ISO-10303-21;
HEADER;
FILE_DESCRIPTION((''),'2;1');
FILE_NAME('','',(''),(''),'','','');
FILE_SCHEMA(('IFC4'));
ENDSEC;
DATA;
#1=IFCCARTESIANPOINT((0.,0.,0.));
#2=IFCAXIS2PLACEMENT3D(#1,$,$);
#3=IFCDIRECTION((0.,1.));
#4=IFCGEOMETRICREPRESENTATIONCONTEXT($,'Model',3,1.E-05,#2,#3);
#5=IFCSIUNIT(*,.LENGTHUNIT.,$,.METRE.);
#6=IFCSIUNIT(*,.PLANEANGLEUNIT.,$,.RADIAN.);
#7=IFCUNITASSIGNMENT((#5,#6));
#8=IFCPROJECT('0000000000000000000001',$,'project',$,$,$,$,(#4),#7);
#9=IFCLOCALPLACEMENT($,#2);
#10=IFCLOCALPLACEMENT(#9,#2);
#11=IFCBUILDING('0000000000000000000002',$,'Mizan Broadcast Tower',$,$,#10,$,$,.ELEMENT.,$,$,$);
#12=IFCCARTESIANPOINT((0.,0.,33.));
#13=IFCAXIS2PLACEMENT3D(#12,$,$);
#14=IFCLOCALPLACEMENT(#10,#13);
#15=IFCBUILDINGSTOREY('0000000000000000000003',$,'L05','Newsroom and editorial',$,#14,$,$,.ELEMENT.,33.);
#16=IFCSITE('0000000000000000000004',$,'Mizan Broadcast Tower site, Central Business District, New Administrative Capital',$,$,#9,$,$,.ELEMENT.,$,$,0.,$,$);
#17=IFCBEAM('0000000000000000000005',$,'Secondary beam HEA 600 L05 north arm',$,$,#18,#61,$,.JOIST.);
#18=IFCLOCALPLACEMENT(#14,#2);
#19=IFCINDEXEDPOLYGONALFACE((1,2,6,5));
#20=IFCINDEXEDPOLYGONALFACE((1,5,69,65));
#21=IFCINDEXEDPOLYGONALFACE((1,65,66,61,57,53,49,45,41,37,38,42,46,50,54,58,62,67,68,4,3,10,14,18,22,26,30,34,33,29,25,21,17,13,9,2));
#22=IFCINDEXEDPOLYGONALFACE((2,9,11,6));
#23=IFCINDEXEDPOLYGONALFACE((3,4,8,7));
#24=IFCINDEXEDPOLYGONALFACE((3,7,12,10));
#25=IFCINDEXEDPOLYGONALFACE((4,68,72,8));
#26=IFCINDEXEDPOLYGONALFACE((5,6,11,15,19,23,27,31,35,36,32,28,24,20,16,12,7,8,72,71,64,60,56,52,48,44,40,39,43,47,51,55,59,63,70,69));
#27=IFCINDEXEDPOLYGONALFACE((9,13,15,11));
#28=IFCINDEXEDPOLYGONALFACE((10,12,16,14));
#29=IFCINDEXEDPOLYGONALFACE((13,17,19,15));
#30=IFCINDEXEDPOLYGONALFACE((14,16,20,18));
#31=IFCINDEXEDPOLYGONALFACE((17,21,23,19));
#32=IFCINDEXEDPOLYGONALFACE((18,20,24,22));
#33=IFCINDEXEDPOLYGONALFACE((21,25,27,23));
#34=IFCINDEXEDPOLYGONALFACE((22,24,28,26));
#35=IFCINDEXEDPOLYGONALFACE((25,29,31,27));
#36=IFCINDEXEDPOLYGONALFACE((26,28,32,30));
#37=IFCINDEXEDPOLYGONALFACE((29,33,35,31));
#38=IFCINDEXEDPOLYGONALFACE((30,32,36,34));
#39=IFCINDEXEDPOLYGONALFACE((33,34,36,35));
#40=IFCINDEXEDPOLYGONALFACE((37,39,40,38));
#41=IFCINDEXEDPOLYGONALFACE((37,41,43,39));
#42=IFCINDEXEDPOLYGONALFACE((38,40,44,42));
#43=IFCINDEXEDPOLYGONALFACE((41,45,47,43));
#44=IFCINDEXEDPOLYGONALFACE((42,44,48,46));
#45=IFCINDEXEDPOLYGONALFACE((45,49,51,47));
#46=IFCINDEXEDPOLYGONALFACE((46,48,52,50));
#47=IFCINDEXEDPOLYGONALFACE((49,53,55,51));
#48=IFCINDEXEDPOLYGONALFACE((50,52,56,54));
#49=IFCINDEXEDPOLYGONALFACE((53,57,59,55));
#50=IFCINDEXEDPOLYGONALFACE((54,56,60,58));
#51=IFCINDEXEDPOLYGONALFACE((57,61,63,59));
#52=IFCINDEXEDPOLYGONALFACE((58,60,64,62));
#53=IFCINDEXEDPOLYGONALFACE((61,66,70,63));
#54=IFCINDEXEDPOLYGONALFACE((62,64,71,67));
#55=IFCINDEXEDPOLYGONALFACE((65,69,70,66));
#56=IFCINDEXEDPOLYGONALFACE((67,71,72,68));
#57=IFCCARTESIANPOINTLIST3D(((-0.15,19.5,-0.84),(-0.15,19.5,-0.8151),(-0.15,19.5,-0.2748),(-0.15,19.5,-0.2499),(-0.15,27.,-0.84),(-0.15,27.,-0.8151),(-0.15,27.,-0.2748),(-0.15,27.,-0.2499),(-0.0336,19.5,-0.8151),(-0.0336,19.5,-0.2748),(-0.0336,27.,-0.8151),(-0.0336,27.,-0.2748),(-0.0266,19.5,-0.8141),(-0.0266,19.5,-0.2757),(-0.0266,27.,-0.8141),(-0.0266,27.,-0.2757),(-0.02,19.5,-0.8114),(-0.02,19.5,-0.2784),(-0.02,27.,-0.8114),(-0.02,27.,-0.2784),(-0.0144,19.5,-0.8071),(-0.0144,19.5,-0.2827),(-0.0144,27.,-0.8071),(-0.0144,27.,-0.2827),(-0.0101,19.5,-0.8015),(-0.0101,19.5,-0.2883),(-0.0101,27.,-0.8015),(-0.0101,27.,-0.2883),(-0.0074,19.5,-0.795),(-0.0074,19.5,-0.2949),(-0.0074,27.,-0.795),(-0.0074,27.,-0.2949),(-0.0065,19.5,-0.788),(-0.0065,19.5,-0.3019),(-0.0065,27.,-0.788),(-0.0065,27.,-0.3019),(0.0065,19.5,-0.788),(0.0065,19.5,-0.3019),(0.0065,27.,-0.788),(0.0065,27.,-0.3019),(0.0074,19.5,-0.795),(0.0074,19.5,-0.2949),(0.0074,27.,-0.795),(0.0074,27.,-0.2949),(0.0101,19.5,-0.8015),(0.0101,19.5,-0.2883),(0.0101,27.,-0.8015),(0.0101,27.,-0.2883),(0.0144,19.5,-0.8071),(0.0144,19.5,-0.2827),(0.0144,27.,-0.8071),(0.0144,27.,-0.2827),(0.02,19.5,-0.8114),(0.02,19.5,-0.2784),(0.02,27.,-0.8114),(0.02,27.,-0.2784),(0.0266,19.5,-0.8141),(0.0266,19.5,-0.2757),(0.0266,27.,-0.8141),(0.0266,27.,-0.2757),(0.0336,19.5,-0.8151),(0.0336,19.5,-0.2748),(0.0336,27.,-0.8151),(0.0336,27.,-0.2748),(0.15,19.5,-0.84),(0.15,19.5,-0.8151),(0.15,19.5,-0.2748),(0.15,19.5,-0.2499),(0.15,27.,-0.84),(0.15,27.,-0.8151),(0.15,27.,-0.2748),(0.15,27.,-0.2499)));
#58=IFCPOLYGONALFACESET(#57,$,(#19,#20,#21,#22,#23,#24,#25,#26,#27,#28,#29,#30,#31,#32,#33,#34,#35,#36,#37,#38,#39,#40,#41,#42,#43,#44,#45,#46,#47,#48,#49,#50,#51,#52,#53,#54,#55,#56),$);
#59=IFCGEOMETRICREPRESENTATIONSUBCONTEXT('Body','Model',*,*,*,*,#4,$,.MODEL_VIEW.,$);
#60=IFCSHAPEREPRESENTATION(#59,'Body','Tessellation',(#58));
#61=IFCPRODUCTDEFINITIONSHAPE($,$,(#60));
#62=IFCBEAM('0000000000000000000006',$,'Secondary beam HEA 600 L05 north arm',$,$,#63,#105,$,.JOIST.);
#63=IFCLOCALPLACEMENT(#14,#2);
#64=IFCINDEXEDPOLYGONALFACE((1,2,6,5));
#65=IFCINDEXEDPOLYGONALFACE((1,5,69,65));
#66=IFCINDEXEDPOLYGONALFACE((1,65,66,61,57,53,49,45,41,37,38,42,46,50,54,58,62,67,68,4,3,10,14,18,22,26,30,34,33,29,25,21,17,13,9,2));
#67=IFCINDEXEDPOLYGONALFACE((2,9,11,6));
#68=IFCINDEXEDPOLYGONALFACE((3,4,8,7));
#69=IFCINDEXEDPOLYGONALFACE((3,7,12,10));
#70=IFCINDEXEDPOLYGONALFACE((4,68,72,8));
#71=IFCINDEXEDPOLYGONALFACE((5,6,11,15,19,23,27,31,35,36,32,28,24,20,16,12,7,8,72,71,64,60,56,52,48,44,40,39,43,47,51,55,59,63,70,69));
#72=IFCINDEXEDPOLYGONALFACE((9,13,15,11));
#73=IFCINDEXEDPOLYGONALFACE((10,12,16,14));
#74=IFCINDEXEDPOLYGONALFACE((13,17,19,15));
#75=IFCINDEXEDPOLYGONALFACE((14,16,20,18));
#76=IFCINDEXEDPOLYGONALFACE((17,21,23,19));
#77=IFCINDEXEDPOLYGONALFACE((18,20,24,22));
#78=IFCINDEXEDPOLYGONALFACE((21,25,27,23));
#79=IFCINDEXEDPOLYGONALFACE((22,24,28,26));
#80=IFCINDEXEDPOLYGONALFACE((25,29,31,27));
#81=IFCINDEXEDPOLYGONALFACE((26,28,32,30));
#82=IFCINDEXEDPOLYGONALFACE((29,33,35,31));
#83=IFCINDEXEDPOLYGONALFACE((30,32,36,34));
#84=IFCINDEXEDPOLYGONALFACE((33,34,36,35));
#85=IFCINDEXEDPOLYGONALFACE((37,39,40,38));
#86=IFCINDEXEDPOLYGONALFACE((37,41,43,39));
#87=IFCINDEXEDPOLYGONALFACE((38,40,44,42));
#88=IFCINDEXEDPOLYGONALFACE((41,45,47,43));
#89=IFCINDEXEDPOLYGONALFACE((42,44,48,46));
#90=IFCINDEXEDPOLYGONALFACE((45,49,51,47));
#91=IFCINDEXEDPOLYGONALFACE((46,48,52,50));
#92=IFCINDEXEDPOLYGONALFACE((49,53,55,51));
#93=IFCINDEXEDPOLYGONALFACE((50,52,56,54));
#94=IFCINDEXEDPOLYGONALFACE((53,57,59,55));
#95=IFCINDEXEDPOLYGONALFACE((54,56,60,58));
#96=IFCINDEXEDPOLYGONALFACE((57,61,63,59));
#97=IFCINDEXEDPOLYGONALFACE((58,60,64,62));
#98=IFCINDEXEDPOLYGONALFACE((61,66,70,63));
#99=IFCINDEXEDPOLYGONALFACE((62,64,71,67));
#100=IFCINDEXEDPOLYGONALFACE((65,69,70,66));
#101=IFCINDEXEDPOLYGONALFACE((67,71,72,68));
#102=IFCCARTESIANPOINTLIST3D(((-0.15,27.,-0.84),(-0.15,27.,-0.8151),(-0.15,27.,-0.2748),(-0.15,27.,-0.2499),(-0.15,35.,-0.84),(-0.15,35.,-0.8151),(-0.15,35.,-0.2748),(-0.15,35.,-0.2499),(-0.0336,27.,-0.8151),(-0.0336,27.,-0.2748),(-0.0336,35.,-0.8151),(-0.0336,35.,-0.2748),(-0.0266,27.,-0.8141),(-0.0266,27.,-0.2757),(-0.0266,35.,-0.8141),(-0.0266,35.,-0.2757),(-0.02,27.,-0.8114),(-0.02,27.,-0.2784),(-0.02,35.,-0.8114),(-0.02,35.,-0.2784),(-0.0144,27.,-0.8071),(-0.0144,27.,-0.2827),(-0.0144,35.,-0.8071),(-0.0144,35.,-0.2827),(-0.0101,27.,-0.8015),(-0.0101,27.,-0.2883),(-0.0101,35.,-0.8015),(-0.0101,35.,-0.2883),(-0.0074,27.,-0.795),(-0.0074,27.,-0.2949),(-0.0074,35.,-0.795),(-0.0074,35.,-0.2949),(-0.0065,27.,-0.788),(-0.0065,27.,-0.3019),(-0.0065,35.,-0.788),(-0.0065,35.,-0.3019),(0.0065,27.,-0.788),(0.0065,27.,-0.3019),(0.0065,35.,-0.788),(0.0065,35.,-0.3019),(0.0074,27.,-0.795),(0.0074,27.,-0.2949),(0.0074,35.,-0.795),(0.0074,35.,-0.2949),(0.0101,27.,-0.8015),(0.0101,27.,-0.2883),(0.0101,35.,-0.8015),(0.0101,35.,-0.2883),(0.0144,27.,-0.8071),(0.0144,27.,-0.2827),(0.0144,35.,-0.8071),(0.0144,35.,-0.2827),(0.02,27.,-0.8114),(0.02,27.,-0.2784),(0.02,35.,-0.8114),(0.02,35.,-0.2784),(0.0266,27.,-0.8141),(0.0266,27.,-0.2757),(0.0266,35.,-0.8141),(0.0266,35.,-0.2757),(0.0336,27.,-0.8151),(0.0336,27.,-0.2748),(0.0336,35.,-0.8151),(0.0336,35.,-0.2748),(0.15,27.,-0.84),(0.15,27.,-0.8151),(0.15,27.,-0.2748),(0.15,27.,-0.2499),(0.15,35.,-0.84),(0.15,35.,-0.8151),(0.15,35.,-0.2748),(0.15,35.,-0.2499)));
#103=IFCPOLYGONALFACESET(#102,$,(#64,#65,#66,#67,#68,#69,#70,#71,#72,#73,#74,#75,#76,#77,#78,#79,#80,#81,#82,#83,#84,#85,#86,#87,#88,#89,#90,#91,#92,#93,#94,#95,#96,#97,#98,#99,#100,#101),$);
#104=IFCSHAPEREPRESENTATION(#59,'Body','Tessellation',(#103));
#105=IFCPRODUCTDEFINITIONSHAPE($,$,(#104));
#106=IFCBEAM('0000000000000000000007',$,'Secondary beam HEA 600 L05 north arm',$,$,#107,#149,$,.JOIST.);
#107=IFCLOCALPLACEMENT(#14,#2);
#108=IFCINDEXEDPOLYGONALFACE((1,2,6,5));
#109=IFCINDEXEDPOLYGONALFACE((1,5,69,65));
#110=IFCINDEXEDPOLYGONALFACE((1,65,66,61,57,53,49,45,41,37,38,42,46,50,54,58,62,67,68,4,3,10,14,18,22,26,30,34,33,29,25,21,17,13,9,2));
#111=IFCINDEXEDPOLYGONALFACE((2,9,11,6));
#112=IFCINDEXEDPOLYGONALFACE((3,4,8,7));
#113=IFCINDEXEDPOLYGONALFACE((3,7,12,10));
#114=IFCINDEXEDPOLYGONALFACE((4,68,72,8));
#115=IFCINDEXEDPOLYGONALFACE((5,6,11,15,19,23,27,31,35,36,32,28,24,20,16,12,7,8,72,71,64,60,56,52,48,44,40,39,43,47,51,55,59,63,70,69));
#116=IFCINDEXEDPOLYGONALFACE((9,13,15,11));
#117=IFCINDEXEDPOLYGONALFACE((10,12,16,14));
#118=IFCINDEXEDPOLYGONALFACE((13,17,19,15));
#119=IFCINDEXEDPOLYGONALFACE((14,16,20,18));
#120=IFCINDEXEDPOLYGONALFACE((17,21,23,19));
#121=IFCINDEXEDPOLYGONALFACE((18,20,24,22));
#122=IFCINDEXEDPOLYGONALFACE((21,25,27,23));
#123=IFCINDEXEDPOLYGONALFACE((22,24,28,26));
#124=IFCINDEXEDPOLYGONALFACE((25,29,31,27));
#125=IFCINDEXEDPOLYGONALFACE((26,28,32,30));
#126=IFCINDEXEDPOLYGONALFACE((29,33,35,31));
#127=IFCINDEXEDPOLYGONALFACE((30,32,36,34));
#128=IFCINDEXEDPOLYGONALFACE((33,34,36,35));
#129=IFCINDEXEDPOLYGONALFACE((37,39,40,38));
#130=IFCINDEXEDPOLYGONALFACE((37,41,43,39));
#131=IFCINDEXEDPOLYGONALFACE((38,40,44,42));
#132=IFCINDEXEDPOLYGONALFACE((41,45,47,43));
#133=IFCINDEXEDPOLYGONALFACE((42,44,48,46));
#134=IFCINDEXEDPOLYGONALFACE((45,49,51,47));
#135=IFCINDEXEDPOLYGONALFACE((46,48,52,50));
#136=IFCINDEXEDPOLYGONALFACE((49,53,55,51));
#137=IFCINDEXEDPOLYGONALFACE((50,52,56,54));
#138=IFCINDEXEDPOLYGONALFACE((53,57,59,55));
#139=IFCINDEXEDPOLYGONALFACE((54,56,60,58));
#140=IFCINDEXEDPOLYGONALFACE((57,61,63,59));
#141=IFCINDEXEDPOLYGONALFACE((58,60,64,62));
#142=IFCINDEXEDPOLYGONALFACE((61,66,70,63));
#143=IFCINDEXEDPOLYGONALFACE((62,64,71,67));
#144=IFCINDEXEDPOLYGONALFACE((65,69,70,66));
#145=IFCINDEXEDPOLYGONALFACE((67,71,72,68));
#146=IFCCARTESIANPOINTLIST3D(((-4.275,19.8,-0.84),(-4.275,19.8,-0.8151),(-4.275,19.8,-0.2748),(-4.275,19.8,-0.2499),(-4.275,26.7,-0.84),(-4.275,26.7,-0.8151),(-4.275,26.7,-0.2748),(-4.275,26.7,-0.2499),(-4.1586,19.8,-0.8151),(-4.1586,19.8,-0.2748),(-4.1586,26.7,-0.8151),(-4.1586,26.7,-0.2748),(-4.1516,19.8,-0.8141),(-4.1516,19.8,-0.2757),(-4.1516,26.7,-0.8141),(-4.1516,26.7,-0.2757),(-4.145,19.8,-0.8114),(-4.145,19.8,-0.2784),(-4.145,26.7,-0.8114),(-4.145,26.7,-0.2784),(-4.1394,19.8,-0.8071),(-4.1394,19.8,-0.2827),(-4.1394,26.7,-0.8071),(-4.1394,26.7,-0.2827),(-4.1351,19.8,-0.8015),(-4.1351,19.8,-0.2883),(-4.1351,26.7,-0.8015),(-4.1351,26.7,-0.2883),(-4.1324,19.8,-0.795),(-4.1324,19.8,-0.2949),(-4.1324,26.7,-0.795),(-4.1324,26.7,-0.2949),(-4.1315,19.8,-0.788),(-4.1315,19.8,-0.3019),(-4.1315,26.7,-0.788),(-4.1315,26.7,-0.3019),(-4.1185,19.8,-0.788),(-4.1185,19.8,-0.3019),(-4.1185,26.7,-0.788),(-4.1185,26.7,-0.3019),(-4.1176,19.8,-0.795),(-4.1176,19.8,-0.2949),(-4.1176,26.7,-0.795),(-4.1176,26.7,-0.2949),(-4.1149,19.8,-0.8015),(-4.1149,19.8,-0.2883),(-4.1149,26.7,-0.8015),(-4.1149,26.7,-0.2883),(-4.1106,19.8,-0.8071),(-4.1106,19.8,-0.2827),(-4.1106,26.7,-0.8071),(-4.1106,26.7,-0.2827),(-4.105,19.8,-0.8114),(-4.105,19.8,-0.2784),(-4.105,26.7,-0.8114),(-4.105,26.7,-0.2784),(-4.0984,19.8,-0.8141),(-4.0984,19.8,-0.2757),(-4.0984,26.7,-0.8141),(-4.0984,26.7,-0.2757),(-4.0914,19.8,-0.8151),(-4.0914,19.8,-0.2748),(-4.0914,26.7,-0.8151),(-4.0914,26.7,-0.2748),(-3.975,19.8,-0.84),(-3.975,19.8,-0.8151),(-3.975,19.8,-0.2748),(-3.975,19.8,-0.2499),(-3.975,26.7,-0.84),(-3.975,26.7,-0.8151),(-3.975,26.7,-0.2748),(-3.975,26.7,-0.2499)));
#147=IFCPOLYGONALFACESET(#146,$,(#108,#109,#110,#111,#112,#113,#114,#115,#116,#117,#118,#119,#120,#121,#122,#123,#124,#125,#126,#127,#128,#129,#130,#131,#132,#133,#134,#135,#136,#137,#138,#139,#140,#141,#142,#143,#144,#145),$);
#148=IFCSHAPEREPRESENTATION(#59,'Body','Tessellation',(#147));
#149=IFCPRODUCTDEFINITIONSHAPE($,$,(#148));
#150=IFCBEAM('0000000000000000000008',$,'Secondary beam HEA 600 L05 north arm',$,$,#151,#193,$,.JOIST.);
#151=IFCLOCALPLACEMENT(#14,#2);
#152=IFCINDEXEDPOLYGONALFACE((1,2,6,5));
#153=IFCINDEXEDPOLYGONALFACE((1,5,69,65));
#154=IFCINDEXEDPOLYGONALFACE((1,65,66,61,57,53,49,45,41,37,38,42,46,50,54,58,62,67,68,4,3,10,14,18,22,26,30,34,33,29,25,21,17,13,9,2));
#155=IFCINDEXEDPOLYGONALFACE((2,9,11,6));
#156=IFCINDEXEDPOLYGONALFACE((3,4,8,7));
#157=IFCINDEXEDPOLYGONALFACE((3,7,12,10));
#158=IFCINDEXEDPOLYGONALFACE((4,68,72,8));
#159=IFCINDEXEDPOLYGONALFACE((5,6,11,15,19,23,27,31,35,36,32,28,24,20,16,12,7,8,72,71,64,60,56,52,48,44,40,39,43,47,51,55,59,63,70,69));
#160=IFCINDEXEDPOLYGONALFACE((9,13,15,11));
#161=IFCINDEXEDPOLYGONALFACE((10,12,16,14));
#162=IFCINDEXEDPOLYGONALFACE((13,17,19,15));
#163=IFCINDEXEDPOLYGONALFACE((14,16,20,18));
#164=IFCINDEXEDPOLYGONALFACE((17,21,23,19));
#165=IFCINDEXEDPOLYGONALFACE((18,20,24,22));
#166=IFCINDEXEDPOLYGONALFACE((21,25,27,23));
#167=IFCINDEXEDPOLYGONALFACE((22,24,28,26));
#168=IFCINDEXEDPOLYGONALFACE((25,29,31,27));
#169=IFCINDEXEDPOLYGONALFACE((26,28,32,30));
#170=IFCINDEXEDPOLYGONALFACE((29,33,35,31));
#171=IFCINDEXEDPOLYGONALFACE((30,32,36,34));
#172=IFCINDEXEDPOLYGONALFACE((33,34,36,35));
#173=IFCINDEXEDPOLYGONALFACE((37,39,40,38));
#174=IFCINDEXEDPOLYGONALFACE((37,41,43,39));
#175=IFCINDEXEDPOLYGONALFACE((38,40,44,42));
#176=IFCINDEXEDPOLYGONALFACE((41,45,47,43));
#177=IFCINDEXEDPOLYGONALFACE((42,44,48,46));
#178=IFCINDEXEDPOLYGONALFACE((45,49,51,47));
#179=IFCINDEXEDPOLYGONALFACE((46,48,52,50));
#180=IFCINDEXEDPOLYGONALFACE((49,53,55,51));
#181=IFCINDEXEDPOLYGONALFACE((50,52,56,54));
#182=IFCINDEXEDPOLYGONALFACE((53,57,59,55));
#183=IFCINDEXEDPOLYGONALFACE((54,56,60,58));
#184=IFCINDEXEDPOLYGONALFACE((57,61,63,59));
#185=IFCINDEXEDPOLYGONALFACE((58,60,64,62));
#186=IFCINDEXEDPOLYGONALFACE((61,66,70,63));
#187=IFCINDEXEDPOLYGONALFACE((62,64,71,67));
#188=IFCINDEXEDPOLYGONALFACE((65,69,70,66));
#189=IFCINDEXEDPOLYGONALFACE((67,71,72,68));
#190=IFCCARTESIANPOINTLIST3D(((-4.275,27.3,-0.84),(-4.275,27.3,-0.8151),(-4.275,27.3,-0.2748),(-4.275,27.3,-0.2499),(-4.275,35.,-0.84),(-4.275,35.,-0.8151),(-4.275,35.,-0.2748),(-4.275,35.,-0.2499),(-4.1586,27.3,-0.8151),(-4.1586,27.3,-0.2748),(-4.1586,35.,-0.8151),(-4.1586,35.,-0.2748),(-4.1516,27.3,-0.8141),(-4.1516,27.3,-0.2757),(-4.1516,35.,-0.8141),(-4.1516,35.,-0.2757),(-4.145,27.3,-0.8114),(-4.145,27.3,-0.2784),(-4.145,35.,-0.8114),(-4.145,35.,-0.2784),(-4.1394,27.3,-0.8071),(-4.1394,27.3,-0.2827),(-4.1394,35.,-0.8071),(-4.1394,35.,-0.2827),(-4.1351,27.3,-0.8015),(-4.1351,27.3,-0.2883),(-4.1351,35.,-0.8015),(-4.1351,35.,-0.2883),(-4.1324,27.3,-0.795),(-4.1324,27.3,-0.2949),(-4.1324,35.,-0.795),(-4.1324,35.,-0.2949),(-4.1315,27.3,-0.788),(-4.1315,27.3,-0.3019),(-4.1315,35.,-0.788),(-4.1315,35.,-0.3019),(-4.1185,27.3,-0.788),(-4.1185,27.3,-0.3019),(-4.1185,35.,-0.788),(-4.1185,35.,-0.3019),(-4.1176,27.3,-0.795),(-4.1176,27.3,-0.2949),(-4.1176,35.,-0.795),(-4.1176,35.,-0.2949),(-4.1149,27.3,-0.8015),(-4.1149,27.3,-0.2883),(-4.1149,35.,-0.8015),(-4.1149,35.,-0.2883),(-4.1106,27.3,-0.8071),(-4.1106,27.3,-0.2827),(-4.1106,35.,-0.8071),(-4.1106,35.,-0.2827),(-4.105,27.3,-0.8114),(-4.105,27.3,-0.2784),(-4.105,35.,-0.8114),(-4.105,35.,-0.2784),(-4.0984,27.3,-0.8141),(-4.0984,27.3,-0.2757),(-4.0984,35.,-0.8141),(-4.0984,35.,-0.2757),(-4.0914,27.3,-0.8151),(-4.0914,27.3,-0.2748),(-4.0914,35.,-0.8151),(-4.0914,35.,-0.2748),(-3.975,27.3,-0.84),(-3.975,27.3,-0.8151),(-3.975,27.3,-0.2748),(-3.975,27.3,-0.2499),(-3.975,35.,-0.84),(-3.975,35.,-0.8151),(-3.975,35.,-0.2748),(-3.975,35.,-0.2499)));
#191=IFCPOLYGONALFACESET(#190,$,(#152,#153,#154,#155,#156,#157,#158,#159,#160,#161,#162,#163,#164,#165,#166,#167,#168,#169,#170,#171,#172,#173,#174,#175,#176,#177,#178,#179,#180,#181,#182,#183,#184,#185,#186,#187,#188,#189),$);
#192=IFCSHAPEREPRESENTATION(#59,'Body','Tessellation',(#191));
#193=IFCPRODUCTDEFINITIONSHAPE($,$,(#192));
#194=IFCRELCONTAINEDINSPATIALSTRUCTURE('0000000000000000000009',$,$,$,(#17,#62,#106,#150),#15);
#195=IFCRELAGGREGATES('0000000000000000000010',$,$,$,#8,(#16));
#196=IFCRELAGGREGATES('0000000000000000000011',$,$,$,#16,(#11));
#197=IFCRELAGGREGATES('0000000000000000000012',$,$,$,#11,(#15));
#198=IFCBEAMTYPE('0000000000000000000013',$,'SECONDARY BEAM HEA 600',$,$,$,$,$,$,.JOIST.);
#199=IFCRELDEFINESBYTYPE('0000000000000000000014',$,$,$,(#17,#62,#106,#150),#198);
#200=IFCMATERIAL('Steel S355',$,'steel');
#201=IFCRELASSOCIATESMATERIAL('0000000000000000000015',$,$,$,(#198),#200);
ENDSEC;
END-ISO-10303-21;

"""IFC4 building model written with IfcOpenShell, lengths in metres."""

from ifc_helpers import new_model, si_unit, direction, frame, origin, origin_2d, place, context, subcontext, project, spatial, i_section, extrude, material, material_profile, profile_set, type_object, element, save


model = new_model("IFC4")

# Units and contexts
model_context = context("Model", 3, precision=1e-05, world=origin(), true_north=direction((0.0, 1.0)))
body_context = subcontext(model_context, "Body", "Model", "MODEL_VIEW")
ifc_project = project(units=[si_unit("LENGTHUNIT", "METRE"), si_unit("PLANEANGLEUNIT", "RADIAN")], contexts=[model_context])

# Site, building, storey
site_placement = place(None, origin())
site = spatial("IfcSite", under=ifc_project, at=site_placement, Name="Mizan Broadcast Tower site, Central Business District, New Administrative Capital", CompositionType="ELEMENT", RefElevation=0.0)
building_placement = place(site_placement, origin())
building = spatial("IfcBuilding", under=site, at=building_placement, Name="Mizan Broadcast Tower", CompositionType="ELEMENT")
storey_placement = place(building_placement, frame((0.0, 0.0, 33.0)))
storey = spatial("IfcBuildingStorey", under=building, at=storey_placement, Name="L05", Description="Newsroom and editorial", CompositionType="ELEMENT", Elevation=33.0)

# Beams
ifc_material_1 = material(Name="Steel S355", Category="steel")
ifc_material_profile_1 = material_profile(ifc_material_1, i_section(OverallWidth=0.3, OverallDepth=0.5901, WebThickness=0.0129, FlangeThickness=0.0249, FilletRadius=0.0271, at=origin_2d()), Name="HEA 600")
ifc_profile_set_1 = profile_set([ifc_material_profile_1], Name="Steel S355")
beam_type_1 = type_object("IfcBeamType", Name="SECONDARY BEAM HEA 600", PredefinedType="JOIST", material=ifc_profile_set_1)
beam_1_placement = place(storey_placement, frame((0.0, 19.5, -0.5449), z_axis=(0.0, 1.0, 0.0), x_axis=(-1.0, 0.0, 0.0)))
element("IfcBeam", 1, at=beam_1_placement, inside=storey, type_object=beam_type_1, Name="Secondary beam HEA 600 L05 north arm", PredefinedType="JOIST", context=body_context, shape_type="SweptSolid", body=[
    extrude(i_section(OverallWidth=0.3, OverallDepth=0.5901, WebThickness=0.0129, FlangeThickness=0.0249, FilletRadius=0.0271, at=origin_2d()), origin(), (0.0, 0.0, 1.0), 7.5),
])
beam_2_placement = place(storey_placement, frame((0.0, 27.0, -0.5449), z_axis=(0.0, 1.0, 0.0), x_axis=(-1.0, 0.0, 0.0)))
element("IfcBeam", 2, at=beam_2_placement, inside=storey, type_object=beam_type_1, Name="Secondary beam HEA 600 L05 north arm", PredefinedType="JOIST", context=body_context, shape_type="SweptSolid", body=[
    extrude(i_section(OverallWidth=0.3, OverallDepth=0.5901, WebThickness=0.0129, FlangeThickness=0.0249, FilletRadius=0.0271, at=origin_2d()), origin(), (0.0, 0.0, 1.0), 8.0),
])
beam_3_placement = place(storey_placement, frame((-4.125, 19.8, -0.5449), z_axis=(0.0, 1.0, 0.0), x_axis=(-1.0, 0.0, 0.0)))
element("IfcBeam", 3, at=beam_3_placement, inside=storey, type_object=beam_type_1, Name="Secondary beam HEA 600 L05 north arm", PredefinedType="JOIST", context=body_context, shape_type="SweptSolid", body=[
    extrude(i_section(OverallWidth=0.3, OverallDepth=0.5901, WebThickness=0.0129, FlangeThickness=0.0249, FilletRadius=0.0271, at=origin_2d()), origin(), (0.0, 0.0, 1.0), 6.8999),
])
beam_4_placement = place(storey_placement, frame((-4.125, 27.3, -0.5449), z_axis=(0.0, 1.0, 0.0), x_axis=(-1.0, 0.0, 0.0)))
element("IfcBeam", 4, at=beam_4_placement, inside=storey, type_object=beam_type_1, Name="Secondary beam HEA 600 L05 north arm", PredefinedType="JOIST", context=body_context, shape_type="SweptSolid", body=[
    extrude(i_section(OverallWidth=0.3, OverallDepth=0.5901, WebThickness=0.0129, FlangeThickness=0.0249, FilletRadius=0.0271, at=origin_2d()), origin(), (0.0, 0.0, 1.0), 7.7),
])

save(model, "model.ifc")
